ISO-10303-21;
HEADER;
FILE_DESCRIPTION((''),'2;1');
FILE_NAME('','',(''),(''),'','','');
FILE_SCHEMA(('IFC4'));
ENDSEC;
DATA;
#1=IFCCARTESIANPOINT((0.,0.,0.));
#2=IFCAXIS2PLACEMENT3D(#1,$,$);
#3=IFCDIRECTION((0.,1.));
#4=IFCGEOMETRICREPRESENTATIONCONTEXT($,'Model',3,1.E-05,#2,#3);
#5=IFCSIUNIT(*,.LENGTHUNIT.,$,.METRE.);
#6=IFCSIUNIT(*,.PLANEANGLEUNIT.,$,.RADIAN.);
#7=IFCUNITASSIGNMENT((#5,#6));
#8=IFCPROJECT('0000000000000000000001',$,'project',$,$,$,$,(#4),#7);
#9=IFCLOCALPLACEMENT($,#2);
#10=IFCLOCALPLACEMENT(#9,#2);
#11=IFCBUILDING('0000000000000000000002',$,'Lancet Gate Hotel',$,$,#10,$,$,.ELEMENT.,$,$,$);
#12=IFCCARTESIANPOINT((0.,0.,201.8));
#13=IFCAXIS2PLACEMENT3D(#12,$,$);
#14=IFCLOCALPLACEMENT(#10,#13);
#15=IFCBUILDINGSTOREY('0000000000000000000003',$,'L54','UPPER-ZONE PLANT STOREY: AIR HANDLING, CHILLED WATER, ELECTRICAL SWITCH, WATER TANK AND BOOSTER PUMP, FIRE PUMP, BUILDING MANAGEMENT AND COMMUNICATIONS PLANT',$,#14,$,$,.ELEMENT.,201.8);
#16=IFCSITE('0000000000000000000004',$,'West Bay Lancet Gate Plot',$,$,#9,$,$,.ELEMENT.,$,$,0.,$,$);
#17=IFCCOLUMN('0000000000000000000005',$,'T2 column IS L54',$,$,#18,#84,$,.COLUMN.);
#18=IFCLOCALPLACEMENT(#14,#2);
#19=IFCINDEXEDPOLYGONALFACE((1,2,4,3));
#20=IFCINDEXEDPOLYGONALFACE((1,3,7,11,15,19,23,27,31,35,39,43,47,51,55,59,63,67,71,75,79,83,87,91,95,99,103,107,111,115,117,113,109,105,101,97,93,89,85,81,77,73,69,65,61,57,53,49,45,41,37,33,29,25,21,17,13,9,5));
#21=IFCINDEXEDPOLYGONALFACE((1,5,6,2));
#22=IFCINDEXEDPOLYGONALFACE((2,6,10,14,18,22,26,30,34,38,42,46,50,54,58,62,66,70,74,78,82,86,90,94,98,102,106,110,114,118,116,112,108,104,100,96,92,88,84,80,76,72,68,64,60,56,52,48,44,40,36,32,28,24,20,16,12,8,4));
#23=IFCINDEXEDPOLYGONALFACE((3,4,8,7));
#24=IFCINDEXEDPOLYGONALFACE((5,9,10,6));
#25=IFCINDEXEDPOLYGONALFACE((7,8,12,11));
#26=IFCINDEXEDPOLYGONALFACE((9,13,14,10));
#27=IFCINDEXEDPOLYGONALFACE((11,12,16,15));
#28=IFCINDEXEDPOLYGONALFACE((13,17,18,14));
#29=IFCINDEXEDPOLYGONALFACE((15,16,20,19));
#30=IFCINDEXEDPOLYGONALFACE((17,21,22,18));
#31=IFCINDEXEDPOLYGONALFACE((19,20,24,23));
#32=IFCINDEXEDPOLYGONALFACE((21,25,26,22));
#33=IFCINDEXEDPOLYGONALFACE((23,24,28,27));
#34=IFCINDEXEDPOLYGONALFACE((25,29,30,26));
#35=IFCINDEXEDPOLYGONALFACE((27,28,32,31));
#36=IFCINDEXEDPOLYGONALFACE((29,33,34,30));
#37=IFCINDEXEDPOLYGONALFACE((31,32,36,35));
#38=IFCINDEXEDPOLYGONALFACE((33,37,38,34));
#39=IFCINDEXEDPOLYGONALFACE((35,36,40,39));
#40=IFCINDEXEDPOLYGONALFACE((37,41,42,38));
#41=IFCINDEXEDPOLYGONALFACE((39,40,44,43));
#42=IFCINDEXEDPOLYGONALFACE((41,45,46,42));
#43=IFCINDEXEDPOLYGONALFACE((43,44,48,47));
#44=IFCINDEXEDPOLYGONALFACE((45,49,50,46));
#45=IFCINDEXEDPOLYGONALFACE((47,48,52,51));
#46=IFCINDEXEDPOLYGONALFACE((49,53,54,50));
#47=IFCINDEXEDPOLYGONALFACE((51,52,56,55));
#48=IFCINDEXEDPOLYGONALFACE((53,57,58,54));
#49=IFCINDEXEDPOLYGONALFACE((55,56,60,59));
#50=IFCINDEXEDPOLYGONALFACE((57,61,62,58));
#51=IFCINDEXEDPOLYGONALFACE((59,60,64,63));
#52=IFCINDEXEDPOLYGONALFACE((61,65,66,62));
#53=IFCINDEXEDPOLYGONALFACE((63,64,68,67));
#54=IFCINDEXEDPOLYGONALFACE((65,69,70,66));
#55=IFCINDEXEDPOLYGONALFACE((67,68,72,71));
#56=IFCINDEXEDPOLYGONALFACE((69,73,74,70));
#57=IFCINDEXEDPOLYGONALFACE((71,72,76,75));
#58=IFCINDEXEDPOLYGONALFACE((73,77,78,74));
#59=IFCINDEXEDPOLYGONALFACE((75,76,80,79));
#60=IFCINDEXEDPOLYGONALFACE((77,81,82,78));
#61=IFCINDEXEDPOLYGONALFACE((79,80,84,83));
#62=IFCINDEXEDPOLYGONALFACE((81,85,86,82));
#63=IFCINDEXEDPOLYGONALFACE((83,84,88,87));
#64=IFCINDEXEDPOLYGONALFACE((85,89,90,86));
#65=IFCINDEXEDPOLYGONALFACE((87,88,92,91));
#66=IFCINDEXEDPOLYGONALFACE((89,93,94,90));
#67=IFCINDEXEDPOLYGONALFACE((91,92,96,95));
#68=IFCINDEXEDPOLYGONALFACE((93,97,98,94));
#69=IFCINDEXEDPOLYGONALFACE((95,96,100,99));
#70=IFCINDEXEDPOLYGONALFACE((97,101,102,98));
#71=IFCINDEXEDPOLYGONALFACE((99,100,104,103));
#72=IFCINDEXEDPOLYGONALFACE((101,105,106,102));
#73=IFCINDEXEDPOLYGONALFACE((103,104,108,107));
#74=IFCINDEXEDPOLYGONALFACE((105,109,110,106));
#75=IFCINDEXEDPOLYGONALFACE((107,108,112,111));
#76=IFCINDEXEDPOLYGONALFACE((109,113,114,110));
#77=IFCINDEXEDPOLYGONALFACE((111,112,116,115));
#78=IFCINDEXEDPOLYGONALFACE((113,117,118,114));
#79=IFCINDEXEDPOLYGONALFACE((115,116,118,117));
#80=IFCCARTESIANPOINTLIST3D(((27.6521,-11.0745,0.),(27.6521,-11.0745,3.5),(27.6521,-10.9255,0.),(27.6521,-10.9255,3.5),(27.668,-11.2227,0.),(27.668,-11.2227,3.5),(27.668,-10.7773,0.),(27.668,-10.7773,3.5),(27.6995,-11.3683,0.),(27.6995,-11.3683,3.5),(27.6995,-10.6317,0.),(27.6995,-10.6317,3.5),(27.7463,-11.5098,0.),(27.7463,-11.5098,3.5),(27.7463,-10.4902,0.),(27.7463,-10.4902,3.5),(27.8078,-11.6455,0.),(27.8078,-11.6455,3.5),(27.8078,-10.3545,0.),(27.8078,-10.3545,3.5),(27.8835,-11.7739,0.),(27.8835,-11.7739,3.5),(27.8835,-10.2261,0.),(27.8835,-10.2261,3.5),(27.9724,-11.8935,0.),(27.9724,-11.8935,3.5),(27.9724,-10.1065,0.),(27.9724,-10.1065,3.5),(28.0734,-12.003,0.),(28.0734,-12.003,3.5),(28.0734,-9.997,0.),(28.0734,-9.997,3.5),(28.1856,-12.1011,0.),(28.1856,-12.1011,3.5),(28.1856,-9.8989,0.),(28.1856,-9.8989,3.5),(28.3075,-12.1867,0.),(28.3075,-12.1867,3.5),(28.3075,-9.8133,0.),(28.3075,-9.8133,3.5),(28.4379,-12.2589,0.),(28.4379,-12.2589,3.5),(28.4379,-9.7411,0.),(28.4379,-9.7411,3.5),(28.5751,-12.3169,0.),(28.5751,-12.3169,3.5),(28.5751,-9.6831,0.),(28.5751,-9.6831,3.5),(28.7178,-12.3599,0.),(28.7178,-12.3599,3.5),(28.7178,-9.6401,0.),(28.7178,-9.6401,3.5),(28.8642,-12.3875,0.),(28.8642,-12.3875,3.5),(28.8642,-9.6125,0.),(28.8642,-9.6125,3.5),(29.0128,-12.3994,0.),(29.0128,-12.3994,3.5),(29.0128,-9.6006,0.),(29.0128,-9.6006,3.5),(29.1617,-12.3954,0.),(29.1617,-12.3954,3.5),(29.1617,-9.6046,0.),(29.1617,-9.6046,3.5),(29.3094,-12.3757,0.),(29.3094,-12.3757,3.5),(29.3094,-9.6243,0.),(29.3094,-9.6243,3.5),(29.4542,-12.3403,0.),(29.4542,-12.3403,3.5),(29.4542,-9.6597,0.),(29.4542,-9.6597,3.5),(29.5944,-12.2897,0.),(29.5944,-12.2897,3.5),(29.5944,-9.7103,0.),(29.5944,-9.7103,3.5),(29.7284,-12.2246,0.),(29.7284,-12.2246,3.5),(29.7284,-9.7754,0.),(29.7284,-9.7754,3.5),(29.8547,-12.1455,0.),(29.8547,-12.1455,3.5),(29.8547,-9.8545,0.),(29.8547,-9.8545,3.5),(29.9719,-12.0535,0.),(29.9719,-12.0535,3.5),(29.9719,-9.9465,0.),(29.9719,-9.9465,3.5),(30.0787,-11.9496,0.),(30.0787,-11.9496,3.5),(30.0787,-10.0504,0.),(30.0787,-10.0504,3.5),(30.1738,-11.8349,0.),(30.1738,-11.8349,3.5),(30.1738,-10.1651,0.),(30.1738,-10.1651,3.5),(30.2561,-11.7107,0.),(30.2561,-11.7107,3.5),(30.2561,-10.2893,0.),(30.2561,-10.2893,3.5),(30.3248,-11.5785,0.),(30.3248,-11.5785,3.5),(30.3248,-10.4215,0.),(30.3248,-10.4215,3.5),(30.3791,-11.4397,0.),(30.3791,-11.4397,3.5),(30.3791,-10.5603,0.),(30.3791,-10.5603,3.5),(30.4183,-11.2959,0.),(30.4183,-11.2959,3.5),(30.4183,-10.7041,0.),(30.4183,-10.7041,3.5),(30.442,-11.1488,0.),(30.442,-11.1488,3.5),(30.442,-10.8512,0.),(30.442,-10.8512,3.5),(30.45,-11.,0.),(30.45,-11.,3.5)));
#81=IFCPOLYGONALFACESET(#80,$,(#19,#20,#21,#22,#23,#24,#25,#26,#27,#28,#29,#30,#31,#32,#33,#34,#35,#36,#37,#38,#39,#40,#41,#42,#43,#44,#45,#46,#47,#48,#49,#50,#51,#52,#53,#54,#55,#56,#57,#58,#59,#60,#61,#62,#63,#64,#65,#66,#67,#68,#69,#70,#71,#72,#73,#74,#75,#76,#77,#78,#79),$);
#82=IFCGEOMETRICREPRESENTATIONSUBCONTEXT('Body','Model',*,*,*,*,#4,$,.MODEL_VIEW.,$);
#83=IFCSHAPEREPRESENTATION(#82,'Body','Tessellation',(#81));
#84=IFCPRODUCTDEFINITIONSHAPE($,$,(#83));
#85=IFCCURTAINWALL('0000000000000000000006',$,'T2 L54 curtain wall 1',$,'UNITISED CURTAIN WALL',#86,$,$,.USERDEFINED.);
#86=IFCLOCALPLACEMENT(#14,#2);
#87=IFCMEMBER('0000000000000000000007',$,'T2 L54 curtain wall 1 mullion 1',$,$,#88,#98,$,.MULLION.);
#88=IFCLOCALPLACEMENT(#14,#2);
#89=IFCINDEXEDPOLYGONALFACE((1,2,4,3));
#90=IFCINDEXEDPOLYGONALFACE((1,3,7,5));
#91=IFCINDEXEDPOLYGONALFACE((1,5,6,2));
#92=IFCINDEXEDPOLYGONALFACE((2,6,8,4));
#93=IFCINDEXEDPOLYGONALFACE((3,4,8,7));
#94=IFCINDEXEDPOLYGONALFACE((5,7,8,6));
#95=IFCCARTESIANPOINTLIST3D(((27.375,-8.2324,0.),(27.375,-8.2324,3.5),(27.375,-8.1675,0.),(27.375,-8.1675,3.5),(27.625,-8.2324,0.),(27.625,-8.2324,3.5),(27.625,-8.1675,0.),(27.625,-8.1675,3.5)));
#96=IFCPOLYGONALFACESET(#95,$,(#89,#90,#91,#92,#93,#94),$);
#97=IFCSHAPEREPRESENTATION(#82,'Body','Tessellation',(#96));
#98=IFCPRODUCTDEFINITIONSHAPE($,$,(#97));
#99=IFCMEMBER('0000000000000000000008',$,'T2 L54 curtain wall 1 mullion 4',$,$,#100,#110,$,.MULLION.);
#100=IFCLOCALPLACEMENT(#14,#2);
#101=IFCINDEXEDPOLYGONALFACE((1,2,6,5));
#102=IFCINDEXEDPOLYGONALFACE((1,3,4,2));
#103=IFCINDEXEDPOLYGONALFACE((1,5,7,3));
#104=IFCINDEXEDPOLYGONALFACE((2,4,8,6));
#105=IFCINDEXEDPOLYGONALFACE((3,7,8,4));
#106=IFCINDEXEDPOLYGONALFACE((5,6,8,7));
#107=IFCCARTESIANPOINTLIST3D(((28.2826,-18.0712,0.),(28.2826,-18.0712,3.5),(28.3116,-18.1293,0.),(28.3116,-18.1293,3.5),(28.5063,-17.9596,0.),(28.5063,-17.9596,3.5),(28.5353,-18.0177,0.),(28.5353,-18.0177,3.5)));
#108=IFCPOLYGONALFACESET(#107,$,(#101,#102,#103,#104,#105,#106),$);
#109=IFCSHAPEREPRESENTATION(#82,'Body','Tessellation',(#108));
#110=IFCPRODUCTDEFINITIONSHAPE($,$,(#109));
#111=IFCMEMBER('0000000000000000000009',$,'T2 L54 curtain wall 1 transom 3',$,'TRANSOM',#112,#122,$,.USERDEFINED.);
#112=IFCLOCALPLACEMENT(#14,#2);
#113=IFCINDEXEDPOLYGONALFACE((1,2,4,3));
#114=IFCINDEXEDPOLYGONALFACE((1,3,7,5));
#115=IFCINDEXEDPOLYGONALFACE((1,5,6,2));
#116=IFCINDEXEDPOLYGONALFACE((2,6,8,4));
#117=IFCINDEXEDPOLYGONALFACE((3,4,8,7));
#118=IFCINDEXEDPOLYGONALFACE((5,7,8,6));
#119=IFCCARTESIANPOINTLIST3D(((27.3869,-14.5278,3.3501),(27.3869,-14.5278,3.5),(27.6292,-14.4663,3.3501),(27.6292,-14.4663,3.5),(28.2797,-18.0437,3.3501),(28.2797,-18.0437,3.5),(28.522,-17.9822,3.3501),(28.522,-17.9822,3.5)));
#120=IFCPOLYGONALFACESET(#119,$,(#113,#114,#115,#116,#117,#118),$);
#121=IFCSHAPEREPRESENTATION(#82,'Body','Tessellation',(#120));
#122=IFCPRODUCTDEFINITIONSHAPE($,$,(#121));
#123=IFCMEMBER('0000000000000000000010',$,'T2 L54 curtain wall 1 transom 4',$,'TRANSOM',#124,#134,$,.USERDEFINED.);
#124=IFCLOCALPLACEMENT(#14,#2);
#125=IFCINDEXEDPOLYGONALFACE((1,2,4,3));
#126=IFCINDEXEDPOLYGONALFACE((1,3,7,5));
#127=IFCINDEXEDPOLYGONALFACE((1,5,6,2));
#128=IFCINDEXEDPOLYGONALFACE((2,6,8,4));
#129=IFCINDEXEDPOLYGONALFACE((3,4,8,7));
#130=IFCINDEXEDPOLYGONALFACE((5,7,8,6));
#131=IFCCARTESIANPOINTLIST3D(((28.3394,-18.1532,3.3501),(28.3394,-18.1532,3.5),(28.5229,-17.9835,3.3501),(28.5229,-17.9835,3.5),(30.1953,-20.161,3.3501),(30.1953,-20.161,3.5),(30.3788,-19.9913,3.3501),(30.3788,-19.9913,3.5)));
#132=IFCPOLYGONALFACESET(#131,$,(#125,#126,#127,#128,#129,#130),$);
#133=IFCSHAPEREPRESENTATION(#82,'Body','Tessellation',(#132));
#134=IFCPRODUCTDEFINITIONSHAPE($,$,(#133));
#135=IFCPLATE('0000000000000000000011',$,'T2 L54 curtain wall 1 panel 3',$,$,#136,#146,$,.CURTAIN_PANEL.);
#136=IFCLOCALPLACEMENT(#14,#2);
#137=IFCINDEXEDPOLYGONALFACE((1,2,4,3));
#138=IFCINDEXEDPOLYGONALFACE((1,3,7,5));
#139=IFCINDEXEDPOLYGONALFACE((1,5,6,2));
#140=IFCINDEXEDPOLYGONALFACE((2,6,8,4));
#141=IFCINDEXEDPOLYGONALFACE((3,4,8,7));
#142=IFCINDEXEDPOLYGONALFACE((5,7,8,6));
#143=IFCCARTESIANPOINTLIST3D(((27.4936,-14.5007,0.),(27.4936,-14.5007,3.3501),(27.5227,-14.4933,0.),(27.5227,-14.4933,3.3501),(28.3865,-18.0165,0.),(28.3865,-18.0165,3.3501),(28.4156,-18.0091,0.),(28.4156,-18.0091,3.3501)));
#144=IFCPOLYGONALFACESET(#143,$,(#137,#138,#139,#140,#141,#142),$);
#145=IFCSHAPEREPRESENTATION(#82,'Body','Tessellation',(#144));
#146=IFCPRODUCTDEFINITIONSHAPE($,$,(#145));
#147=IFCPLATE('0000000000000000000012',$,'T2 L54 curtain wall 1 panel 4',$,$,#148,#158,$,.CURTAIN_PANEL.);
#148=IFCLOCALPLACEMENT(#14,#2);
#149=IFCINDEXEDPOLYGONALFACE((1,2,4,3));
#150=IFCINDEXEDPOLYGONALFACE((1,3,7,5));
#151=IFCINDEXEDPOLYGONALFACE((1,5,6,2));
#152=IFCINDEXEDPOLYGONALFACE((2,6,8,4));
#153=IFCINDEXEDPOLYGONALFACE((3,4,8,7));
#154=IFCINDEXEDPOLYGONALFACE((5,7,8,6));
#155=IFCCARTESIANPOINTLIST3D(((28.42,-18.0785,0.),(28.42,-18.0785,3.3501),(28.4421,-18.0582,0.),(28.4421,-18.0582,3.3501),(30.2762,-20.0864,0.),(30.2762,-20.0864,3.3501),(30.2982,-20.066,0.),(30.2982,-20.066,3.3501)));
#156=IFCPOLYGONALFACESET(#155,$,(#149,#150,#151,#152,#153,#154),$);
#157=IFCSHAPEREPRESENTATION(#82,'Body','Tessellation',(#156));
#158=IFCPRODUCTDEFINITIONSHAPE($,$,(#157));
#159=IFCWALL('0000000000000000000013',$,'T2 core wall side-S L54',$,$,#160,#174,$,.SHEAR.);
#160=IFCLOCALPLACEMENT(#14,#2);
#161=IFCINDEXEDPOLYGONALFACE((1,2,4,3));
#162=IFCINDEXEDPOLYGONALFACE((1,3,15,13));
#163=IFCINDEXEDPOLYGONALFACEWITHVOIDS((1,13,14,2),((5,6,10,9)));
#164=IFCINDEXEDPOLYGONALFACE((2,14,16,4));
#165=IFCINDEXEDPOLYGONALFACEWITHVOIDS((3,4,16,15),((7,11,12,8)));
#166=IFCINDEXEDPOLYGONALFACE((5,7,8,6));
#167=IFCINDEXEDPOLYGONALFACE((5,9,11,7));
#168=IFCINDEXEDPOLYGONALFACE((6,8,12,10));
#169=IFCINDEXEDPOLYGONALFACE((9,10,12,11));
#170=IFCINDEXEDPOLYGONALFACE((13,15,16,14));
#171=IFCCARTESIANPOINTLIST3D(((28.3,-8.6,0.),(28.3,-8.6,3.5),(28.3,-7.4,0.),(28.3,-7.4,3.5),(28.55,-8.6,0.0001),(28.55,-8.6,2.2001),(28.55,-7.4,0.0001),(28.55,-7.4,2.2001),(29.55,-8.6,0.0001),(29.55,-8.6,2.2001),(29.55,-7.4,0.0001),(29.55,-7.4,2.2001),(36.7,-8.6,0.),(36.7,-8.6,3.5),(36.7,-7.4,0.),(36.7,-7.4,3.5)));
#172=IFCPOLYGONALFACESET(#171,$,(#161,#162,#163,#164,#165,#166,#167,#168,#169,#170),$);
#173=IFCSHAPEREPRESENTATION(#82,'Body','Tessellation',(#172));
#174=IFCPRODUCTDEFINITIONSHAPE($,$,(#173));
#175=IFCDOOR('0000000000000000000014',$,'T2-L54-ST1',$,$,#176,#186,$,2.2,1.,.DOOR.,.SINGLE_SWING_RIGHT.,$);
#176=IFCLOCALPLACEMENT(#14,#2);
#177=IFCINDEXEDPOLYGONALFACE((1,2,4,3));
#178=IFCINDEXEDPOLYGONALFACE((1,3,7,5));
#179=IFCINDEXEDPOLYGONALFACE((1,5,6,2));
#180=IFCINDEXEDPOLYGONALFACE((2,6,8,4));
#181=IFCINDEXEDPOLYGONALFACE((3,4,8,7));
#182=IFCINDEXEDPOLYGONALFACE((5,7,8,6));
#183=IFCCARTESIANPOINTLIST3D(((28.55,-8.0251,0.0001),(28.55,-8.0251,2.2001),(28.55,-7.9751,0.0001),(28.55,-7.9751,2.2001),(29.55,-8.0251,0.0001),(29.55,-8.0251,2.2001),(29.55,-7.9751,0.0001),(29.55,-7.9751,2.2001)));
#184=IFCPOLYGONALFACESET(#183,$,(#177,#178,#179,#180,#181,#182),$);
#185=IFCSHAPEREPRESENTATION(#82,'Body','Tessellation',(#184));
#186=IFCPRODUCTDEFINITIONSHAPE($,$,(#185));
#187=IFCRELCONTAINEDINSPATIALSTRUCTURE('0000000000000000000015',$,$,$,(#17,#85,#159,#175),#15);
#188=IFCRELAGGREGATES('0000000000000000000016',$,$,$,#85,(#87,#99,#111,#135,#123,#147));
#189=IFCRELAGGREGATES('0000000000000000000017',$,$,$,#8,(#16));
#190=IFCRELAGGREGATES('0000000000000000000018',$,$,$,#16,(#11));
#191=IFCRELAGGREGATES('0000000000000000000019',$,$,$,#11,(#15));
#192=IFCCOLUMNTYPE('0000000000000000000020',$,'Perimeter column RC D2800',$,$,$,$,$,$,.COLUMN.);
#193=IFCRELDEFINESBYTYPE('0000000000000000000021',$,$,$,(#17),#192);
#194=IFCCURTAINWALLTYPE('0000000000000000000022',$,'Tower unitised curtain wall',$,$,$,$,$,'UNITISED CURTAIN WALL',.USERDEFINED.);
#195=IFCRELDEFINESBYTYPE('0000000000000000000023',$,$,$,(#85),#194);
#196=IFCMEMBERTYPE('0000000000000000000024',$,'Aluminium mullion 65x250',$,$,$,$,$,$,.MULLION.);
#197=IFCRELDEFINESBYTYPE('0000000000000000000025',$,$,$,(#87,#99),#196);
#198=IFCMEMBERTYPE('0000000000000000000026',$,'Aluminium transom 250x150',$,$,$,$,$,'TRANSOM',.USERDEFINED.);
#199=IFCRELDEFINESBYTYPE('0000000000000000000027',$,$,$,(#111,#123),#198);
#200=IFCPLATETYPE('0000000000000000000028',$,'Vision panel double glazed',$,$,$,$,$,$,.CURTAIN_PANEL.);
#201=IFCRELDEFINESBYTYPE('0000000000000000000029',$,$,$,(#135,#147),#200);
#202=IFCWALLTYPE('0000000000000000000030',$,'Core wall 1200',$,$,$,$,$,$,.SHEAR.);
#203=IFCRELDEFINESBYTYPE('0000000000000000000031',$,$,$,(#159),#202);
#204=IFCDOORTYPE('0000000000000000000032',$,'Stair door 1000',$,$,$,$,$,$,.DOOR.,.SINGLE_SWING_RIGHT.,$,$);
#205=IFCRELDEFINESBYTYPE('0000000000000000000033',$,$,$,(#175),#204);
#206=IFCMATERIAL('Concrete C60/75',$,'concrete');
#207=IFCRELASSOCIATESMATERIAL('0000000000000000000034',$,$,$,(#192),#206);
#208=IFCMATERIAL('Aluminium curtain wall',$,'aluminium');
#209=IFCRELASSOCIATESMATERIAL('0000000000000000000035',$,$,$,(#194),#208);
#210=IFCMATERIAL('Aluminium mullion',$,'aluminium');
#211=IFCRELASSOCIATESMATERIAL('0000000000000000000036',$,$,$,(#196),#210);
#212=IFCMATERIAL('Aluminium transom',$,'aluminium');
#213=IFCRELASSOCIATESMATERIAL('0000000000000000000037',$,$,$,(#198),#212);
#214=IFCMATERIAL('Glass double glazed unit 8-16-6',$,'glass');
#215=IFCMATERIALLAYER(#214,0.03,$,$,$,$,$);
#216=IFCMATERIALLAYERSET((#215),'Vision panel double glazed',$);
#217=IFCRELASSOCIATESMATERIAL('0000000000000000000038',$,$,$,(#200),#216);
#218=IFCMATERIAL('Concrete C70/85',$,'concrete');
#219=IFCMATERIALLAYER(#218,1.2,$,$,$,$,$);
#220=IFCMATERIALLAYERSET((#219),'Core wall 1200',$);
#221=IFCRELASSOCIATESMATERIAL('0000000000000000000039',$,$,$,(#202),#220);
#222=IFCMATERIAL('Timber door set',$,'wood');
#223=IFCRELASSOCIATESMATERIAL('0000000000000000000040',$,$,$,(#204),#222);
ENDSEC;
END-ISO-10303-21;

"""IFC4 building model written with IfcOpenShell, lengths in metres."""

from ifc_helpers import new_model, si_unit, direction, frame, frame_2d, origin, origin_2d, place, context, subcontext, project, spatial, rectangle, circle, extrude, material, layer, layer_set, material_profile, profile_set, type_object, element, fill, aggregate, save


model = new_model("IFC4")

# Units and contexts
model_context = context("Model", 3, precision=1e-05, world=origin(), true_north=direction((0.0, 1.0)))
body_context = subcontext(model_context, "Body", "Model", "MODEL_VIEW")
ifc_project = project(units=[si_unit("LENGTHUNIT", "METRE"), si_unit("PLANEANGLEUNIT", "RADIAN")], contexts=[model_context])

# Site, building, storey
site_placement = place(None, origin())
site = spatial("IfcSite", under=ifc_project, at=site_placement, Name="West Bay Lancet Gate Plot", CompositionType="ELEMENT", RefElevation=0.0)
building_placement = place(site_placement, origin())
building = spatial("IfcBuilding", under=site, at=building_placement, Name="Lancet Gate Hotel", CompositionType="ELEMENT")
storey_placement = place(building_placement, frame((0.0, 0.0, 201.8)))
storey = spatial("IfcBuildingStorey", under=building, at=storey_placement, Name="L54", Description="UPPER-ZONE PLANT STOREY: AIR HANDLING, CHILLED WATER, ELECTRICAL SWITCH, WATER TANK AND BOOSTER PUMP, FIRE PUMP, BUILDING MANAGEMENT AND COMMUNICATIONS PLANT", CompositionType="ELEMENT", Elevation=201.8)

# Column
ifc_material_1 = material(Name="Concrete C60/75", Category="concrete")
ifc_material_profile_1 = material_profile(ifc_material_1, circle(Radius=1.3999, at=origin_2d()), Name="RC D2800")
ifc_profile_set_1 = profile_set([ifc_material_profile_1], Name="Concrete C60/75")
column_type = type_object("IfcColumnType", Name="Perimeter column RC D2800", PredefinedType="COLUMN", material=ifc_profile_set_1)
column_placement = place(storey_placement, frame((29.05, -11.0, 0.0), z_axis=(0.0, 0.0, 1.0), x_axis=(1.0, 0.0, 0.0)))
element("IfcColumn", 1, at=column_placement, inside=storey, type_object=column_type, Name="T2 column IS L54", PredefinedType="COLUMN", context=body_context, shape_type="SweptSolid", body=[
    extrude(circle(Radius=1.3999, at=origin_2d()), origin(), (0.0, 0.0, 1.0), 3.5),
])

# Curtain wall, members, plates
ifc_material_2 = material(Name="Aluminium curtain wall", Category="aluminium")
curtain_wall_type = type_object("IfcCurtainWallType", Name="Tower unitised curtain wall", ElementType="UNITISED CURTAIN WALL", PredefinedType="USERDEFINED", material=ifc_material_2)
curtain_wall_placement = place(storey_placement, origin())
curtain_wall = element("IfcCurtainWall", 2, at=curtain_wall_placement, inside=storey, type_object=curtain_wall_type, Name="T2 L54 curtain wall 1", ObjectType="UNITISED CURTAIN WALL", PredefinedType="USERDEFINED")
ifc_material_3 = material(Name="Aluminium mullion", Category="aluminium")
ifc_material_profile_2 = material_profile(ifc_material_3, rectangle(XDim=0.0649, YDim=0.25, at=origin_2d()), Name="MULLION 65x250")
ifc_profile_set_2 = profile_set([ifc_material_profile_2], Name="Aluminium mullion")
member_type_1 = type_object("IfcMemberType", Name="Aluminium mullion 65x250", PredefinedType="MULLION", material=ifc_profile_set_2)
member_1_placement = place(storey_placement, frame((27.5, -8.2, 0.0), z_axis=(0.0, 0.0, 1.0), x_axis=(0.0, -1.0, 0.0)))
member_1 = element("IfcMember", 3, at=member_1_placement, type_object=member_type_1, Name="T2 L54 curtain wall 1 mullion 1", PredefinedType="MULLION", context=body_context, shape_type="SweptSolid", body=[
    extrude(rectangle(XDim=0.0649, YDim=0.25, at=origin_2d()), origin(), (0.0, 0.0, 1.0), 3.5),
])
member_2_placement = place(storey_placement, frame((28.4089, -18.0444, 0.0), z_axis=(0.0, 0.0, 1.0), x_axis=(0.446205, -0.894931, 0.0)))
member_2 = element("IfcMember", 4, at=member_2_placement, type_object=member_type_1, Name="T2 L54 curtain wall 1 mullion 4", PredefinedType="MULLION", context=body_context, shape_type="SweptSolid", body=[
    extrude(rectangle(XDim=0.0649, YDim=0.25, at=origin_2d()), origin(), (0.0, 0.0, 1.0), 3.5),
])
ifc_material_4 = material(Name="Aluminium transom", Category="aluminium")
ifc_material_profile_3 = material_profile(ifc_material_4, rectangle(XDim=0.25, YDim=0.1499, at=origin_2d()), Name="TRANSOM 250x150")
ifc_profile_set_3 = profile_set([ifc_material_profile_3], Name="Aluminium transom")
member_type_2 = type_object("IfcMemberType", Name="Aluminium transom 250x150", ElementType="TRANSOM", PredefinedType="USERDEFINED", material=ifc_profile_set_3)
member_3_placement = place(storey_placement, frame((27.5081, -14.4971, 3.425), z_axis=(0.246129, -0.969237, 0.0), x_axis=(0.969237, 0.246129, 0.0)))
member_3 = element("IfcMember", 5, at=member_3_placement, type_object=member_type_2, Name="T2 L54 curtain wall 1 transom 3", ObjectType="TRANSOM", PredefinedType="USERDEFINED", context=body_context, shape_type="SweptSolid", body=[
    extrude(rectangle(XDim=0.25, YDim=0.1499, at=origin_2d()), origin(), (0.0, 0.0, 1.0), 3.6274),
])
member_4_placement = place(storey_placement, frame((28.4312, -18.0684, 3.425), z_axis=(0.678792, -0.734331, 0.0), x_axis=(0.734331, 0.678792, 0.0)))
member_4 = element("IfcMember", 6, at=member_4_placement, type_object=member_type_2, Name="T2 L54 curtain wall 1 transom 4", ObjectType="TRANSOM", PredefinedType="USERDEFINED", context=body_context, shape_type="SweptSolid", body=[
    extrude(rectangle(XDim=0.25, YDim=0.1499, at=origin_2d()), origin(), (0.0, 0.0, 1.0), 2.7341),
])
ifc_material_5 = material(Name="Glass double glazed unit 8-16-6", Category="glass")
ifc_layer_1 = layer(ifc_material_5, 0.03)
ifc_layer_set_1 = layer_set([ifc_layer_1], Name="Vision panel double glazed")
plate_type = type_object("IfcPlateType", Name="Vision panel double glazed", PredefinedType="CURTAIN_PANEL", material=ifc_layer_set_1)
plate_1_placement = place(storey_placement, frame((27.9546, -16.2549, 0.0), z_axis=(0.0, 0.0, 1.0), x_axis=(0.246167, -0.969228, 0.0)))
plate_1 = element("IfcPlate", 7, at=plate_1_placement, type_object=plate_type, Name="T2 L54 curtain wall 1 panel 3", PredefinedType="CURTAIN_PANEL", context=body_context, shape_type="SweptSolid", body=[
    extrude(rectangle(XDim=3.6274, YDim=0.03, at=origin_2d()), origin(), (0.0, 0.0, 1.0), 3.3501),
])
plate_2_placement = place(storey_placement, frame((29.3591, -19.0723, 0.0), z_axis=(0.0, 0.0, 1.0), x_axis=(0.678831, -0.734294, 0.0)))
plate_2 = element("IfcPlate", 8, at=plate_2_placement, type_object=plate_type, Name="T2 L54 curtain wall 1 panel 4", PredefinedType="CURTAIN_PANEL", context=body_context, shape_type="SweptSolid", body=[
    extrude(rectangle(XDim=2.7344, YDim=0.03, at=origin_2d()), origin(), (0.0, 0.0, 1.0), 3.3501),
])
aggregate(curtain_wall, [member_1, member_2, member_3, plate_1, member_4, plate_2])

# Wall, opening, door
ifc_material_6 = material(Name="Concrete C70/85", Category="concrete")
ifc_layer_2 = layer(ifc_material_6, 1.2)
ifc_layer_set_2 = layer_set([ifc_layer_2], Name="Core wall 1200")
wall_type_1 = type_object("IfcWallType", Name="Core wall 1200", PredefinedType="SHEAR", material=ifc_layer_set_2)
wall_1_placement = place(storey_placement, frame((28.3, -8.0, 0.0), z_axis=(0.0, 0.0, 1.0), x_axis=(1.0, 0.0, 0.0)))
wall_1 = element("IfcWall", 9, at=wall_1_placement, inside=storey, type_object=wall_type_1, Name="T2 core wall side-S L54", PredefinedType="SHEAR", context=body_context, shape_type="SweptSolid", body=[
    extrude(rectangle(XDim=8.3999, YDim=1.2, at=frame_2d((4.2, 0.0))), origin(), (0.0, 0.0, 1.0), 3.5),
])
opening_1_placement = place(wall_1_placement, frame((0.25, 0.0, 0.0)))
opening_1 = element("IfcOpeningElement", 10, at=opening_1_placement, cuts=wall_1, PredefinedType="OPENING", context=body_context, shape_type="SweptSolid", body=[
    extrude(rectangle(XDim=1.0, YDim=2.2, at=frame_2d((0.5, 1.1001))), frame((0.0, 0.6099, 0.0), z_axis=(0.0, -1.0, 0.0), x_axis=(1.0, 0.0, 0.0)), (0.0, 0.0, 1.0), 1.22),
])
ifc_material_7 = material(Name="Timber door set", Category="wood")
door_type_1 = type_object("IfcDoorType", Name="Stair door 1000", OperationType="SINGLE_SWING_RIGHT", PredefinedType="DOOR", material=ifc_material_7)
door_1_placement = place(opening_1_placement, origin())
door_1 = element("IfcDoor", 11, at=door_1_placement, inside=storey, type_object=door_type_1, Name="T2-L54-ST1", OperationType="SINGLE_SWING_RIGHT", OverallHeight=2.2, OverallWidth=1.0, PredefinedType="DOOR", context=body_context, shape_type="SweptSolid", body=[
    extrude(rectangle(XDim=1.0, YDim=2.2, at=frame_2d((0.5, 1.1001))), frame((0.0, 0.0249, 0.0), z_axis=(0.0, -1.0, 0.0), x_axis=(1.0, 0.0, 0.0)), (0.0, 0.0, 1.0), 0.05),
])
fill(opening_1, door_1)

save(model, "model.ifc")
